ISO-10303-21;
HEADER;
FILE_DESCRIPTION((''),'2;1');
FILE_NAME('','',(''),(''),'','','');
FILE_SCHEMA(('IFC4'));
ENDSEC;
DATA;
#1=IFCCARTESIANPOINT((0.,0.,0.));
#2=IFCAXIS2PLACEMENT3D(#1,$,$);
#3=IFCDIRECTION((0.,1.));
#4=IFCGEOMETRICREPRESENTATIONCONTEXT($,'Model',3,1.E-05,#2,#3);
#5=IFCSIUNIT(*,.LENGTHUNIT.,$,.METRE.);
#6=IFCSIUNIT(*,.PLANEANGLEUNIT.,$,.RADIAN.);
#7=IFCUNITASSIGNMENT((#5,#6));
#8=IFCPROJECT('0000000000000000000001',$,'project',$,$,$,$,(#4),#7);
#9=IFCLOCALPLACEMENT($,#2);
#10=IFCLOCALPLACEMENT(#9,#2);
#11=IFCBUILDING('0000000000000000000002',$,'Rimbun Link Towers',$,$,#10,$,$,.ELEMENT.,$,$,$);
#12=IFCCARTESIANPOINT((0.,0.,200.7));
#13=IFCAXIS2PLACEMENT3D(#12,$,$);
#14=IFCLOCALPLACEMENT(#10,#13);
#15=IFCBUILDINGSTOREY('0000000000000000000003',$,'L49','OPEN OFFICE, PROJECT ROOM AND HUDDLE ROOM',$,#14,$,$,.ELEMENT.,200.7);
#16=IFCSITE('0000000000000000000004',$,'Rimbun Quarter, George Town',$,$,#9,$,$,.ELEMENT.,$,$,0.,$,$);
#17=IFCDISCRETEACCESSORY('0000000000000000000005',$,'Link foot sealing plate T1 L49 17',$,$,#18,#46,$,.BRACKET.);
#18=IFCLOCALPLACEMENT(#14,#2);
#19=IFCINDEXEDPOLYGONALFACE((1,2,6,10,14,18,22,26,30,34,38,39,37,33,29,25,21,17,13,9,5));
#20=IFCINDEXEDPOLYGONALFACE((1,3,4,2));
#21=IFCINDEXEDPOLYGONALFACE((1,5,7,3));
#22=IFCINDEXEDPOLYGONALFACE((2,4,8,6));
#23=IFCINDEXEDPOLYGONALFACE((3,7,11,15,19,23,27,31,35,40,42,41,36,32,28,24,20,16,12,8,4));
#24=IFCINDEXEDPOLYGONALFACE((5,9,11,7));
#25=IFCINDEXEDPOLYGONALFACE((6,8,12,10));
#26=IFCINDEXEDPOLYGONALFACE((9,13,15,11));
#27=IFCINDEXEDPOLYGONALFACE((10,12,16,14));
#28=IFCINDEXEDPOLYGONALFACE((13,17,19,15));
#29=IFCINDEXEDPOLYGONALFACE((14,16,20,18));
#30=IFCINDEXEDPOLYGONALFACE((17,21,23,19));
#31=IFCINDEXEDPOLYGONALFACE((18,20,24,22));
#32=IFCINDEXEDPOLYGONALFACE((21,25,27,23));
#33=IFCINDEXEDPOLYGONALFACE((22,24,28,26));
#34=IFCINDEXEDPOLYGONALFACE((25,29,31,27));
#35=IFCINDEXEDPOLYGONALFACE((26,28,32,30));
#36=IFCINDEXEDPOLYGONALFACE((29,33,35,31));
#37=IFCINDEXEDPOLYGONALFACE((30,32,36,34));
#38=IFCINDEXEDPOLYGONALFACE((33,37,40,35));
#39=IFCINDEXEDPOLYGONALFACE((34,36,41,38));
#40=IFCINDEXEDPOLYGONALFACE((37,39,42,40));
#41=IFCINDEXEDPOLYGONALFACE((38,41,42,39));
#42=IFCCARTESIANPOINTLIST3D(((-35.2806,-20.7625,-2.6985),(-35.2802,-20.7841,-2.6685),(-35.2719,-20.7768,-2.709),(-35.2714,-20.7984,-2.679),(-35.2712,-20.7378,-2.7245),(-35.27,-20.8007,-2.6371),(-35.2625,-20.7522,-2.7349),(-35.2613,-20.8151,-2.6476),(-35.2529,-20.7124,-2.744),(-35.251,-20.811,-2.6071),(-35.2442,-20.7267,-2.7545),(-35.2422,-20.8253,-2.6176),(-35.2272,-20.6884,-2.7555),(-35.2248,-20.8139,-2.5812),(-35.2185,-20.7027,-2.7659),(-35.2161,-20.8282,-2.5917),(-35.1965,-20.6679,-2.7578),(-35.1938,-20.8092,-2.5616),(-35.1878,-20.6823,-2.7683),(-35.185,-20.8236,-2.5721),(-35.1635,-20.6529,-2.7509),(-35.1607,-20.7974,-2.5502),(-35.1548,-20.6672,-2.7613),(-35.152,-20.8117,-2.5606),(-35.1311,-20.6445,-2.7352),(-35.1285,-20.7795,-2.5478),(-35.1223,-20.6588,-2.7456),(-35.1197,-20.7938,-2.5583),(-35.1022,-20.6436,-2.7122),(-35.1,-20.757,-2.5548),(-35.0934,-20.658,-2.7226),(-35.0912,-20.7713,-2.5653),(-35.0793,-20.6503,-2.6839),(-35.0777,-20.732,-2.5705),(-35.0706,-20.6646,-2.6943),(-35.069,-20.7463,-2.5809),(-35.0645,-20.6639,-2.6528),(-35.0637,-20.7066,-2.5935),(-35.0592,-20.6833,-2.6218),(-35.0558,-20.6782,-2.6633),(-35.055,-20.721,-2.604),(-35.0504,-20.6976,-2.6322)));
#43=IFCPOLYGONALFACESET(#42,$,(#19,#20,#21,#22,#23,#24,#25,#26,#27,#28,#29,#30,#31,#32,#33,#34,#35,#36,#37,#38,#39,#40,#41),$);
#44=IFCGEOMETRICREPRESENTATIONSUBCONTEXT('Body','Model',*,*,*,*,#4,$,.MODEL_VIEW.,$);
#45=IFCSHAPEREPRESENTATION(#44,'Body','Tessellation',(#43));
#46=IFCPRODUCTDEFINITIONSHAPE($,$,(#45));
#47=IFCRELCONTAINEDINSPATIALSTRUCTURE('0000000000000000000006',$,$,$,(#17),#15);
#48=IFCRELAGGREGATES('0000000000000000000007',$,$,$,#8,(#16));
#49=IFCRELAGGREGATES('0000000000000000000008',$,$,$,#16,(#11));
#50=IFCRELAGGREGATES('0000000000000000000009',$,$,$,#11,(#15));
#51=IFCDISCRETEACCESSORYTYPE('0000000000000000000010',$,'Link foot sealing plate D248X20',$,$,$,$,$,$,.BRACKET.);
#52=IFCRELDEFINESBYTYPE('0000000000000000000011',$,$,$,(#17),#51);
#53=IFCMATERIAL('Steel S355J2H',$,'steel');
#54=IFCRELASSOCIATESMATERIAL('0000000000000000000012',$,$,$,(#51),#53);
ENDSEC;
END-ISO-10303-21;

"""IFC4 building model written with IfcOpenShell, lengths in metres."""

from ifc_helpers import new_model, si_unit, direction, frame, origin, origin_2d, place, context, subcontext, project, spatial, circle, extrude, material, material_profile, profile_set, type_object, element, save


model = new_model("IFC4")

# Units and contexts
model_context = context("Model", 3, precision=1e-05, world=origin(), true_north=direction((0.0, 1.0)))
body_context = subcontext(model_context, "Body", "Model", "MODEL_VIEW")
ifc_project = project(units=[si_unit("LENGTHUNIT", "METRE"), si_unit("PLANEANGLEUNIT", "RADIAN")], contexts=[model_context])

# Site, building, storey
site_placement = place(None, origin())
site = spatial("IfcSite", under=ifc_project, at=site_placement, Name="Rimbun Quarter, George Town", CompositionType="ELEMENT", RefElevation=0.0)
building_placement = place(site_placement, origin())
building = spatial("IfcBuilding", under=site, at=building_placement, Name="Rimbun Link Towers", CompositionType="ELEMENT")
storey_placement = place(building_placement, frame((0.0, 0.0, 200.7)))
storey = spatial("IfcBuildingStorey", under=building, at=storey_placement, Name="L49", Description="OPEN OFFICE, PROJECT ROOM AND HUDDLE ROOM", CompositionType="ELEMENT", Elevation=200.7)

# Discrete accessory
ifc_material_1 = material(Name="Steel S355J2H", Category="steel")
ifc_material_profile_1 = material_profile(ifc_material_1, circle(Radius=0.124, at=origin_2d()), Name="PL D248")
ifc_profile_set_1 = profile_set([ifc_material_profile_1], Name="Steel S355J2H")
discrete_accessory_type = type_object("IfcDiscreteAccessoryType", Name="Link foot sealing plate D248X20", PredefinedType="BRACKET", material=ifc_profile_set_1)
discrete_accessory_1_placement = place(storey_placement, frame((-35.1704, -20.7285, -2.6528), z_axis=(0.442259, -0.724814, -0.528254), x_axis=(0.853639, 0.520865, 0.0)))
element("IfcDiscreteAccessory", 1, at=discrete_accessory_1_placement, inside=storey, type_object=discrete_accessory_type, Name="Link foot sealing plate T1 L49 17", PredefinedType="BRACKET", context=body_context, shape_type="SweptSolid", body=[
    extrude(circle(Radius=0.124, at=origin_2d()), origin(), (0.0, 0.0, 1.0), 0.0198),
])

save(model, "model.ifc")
